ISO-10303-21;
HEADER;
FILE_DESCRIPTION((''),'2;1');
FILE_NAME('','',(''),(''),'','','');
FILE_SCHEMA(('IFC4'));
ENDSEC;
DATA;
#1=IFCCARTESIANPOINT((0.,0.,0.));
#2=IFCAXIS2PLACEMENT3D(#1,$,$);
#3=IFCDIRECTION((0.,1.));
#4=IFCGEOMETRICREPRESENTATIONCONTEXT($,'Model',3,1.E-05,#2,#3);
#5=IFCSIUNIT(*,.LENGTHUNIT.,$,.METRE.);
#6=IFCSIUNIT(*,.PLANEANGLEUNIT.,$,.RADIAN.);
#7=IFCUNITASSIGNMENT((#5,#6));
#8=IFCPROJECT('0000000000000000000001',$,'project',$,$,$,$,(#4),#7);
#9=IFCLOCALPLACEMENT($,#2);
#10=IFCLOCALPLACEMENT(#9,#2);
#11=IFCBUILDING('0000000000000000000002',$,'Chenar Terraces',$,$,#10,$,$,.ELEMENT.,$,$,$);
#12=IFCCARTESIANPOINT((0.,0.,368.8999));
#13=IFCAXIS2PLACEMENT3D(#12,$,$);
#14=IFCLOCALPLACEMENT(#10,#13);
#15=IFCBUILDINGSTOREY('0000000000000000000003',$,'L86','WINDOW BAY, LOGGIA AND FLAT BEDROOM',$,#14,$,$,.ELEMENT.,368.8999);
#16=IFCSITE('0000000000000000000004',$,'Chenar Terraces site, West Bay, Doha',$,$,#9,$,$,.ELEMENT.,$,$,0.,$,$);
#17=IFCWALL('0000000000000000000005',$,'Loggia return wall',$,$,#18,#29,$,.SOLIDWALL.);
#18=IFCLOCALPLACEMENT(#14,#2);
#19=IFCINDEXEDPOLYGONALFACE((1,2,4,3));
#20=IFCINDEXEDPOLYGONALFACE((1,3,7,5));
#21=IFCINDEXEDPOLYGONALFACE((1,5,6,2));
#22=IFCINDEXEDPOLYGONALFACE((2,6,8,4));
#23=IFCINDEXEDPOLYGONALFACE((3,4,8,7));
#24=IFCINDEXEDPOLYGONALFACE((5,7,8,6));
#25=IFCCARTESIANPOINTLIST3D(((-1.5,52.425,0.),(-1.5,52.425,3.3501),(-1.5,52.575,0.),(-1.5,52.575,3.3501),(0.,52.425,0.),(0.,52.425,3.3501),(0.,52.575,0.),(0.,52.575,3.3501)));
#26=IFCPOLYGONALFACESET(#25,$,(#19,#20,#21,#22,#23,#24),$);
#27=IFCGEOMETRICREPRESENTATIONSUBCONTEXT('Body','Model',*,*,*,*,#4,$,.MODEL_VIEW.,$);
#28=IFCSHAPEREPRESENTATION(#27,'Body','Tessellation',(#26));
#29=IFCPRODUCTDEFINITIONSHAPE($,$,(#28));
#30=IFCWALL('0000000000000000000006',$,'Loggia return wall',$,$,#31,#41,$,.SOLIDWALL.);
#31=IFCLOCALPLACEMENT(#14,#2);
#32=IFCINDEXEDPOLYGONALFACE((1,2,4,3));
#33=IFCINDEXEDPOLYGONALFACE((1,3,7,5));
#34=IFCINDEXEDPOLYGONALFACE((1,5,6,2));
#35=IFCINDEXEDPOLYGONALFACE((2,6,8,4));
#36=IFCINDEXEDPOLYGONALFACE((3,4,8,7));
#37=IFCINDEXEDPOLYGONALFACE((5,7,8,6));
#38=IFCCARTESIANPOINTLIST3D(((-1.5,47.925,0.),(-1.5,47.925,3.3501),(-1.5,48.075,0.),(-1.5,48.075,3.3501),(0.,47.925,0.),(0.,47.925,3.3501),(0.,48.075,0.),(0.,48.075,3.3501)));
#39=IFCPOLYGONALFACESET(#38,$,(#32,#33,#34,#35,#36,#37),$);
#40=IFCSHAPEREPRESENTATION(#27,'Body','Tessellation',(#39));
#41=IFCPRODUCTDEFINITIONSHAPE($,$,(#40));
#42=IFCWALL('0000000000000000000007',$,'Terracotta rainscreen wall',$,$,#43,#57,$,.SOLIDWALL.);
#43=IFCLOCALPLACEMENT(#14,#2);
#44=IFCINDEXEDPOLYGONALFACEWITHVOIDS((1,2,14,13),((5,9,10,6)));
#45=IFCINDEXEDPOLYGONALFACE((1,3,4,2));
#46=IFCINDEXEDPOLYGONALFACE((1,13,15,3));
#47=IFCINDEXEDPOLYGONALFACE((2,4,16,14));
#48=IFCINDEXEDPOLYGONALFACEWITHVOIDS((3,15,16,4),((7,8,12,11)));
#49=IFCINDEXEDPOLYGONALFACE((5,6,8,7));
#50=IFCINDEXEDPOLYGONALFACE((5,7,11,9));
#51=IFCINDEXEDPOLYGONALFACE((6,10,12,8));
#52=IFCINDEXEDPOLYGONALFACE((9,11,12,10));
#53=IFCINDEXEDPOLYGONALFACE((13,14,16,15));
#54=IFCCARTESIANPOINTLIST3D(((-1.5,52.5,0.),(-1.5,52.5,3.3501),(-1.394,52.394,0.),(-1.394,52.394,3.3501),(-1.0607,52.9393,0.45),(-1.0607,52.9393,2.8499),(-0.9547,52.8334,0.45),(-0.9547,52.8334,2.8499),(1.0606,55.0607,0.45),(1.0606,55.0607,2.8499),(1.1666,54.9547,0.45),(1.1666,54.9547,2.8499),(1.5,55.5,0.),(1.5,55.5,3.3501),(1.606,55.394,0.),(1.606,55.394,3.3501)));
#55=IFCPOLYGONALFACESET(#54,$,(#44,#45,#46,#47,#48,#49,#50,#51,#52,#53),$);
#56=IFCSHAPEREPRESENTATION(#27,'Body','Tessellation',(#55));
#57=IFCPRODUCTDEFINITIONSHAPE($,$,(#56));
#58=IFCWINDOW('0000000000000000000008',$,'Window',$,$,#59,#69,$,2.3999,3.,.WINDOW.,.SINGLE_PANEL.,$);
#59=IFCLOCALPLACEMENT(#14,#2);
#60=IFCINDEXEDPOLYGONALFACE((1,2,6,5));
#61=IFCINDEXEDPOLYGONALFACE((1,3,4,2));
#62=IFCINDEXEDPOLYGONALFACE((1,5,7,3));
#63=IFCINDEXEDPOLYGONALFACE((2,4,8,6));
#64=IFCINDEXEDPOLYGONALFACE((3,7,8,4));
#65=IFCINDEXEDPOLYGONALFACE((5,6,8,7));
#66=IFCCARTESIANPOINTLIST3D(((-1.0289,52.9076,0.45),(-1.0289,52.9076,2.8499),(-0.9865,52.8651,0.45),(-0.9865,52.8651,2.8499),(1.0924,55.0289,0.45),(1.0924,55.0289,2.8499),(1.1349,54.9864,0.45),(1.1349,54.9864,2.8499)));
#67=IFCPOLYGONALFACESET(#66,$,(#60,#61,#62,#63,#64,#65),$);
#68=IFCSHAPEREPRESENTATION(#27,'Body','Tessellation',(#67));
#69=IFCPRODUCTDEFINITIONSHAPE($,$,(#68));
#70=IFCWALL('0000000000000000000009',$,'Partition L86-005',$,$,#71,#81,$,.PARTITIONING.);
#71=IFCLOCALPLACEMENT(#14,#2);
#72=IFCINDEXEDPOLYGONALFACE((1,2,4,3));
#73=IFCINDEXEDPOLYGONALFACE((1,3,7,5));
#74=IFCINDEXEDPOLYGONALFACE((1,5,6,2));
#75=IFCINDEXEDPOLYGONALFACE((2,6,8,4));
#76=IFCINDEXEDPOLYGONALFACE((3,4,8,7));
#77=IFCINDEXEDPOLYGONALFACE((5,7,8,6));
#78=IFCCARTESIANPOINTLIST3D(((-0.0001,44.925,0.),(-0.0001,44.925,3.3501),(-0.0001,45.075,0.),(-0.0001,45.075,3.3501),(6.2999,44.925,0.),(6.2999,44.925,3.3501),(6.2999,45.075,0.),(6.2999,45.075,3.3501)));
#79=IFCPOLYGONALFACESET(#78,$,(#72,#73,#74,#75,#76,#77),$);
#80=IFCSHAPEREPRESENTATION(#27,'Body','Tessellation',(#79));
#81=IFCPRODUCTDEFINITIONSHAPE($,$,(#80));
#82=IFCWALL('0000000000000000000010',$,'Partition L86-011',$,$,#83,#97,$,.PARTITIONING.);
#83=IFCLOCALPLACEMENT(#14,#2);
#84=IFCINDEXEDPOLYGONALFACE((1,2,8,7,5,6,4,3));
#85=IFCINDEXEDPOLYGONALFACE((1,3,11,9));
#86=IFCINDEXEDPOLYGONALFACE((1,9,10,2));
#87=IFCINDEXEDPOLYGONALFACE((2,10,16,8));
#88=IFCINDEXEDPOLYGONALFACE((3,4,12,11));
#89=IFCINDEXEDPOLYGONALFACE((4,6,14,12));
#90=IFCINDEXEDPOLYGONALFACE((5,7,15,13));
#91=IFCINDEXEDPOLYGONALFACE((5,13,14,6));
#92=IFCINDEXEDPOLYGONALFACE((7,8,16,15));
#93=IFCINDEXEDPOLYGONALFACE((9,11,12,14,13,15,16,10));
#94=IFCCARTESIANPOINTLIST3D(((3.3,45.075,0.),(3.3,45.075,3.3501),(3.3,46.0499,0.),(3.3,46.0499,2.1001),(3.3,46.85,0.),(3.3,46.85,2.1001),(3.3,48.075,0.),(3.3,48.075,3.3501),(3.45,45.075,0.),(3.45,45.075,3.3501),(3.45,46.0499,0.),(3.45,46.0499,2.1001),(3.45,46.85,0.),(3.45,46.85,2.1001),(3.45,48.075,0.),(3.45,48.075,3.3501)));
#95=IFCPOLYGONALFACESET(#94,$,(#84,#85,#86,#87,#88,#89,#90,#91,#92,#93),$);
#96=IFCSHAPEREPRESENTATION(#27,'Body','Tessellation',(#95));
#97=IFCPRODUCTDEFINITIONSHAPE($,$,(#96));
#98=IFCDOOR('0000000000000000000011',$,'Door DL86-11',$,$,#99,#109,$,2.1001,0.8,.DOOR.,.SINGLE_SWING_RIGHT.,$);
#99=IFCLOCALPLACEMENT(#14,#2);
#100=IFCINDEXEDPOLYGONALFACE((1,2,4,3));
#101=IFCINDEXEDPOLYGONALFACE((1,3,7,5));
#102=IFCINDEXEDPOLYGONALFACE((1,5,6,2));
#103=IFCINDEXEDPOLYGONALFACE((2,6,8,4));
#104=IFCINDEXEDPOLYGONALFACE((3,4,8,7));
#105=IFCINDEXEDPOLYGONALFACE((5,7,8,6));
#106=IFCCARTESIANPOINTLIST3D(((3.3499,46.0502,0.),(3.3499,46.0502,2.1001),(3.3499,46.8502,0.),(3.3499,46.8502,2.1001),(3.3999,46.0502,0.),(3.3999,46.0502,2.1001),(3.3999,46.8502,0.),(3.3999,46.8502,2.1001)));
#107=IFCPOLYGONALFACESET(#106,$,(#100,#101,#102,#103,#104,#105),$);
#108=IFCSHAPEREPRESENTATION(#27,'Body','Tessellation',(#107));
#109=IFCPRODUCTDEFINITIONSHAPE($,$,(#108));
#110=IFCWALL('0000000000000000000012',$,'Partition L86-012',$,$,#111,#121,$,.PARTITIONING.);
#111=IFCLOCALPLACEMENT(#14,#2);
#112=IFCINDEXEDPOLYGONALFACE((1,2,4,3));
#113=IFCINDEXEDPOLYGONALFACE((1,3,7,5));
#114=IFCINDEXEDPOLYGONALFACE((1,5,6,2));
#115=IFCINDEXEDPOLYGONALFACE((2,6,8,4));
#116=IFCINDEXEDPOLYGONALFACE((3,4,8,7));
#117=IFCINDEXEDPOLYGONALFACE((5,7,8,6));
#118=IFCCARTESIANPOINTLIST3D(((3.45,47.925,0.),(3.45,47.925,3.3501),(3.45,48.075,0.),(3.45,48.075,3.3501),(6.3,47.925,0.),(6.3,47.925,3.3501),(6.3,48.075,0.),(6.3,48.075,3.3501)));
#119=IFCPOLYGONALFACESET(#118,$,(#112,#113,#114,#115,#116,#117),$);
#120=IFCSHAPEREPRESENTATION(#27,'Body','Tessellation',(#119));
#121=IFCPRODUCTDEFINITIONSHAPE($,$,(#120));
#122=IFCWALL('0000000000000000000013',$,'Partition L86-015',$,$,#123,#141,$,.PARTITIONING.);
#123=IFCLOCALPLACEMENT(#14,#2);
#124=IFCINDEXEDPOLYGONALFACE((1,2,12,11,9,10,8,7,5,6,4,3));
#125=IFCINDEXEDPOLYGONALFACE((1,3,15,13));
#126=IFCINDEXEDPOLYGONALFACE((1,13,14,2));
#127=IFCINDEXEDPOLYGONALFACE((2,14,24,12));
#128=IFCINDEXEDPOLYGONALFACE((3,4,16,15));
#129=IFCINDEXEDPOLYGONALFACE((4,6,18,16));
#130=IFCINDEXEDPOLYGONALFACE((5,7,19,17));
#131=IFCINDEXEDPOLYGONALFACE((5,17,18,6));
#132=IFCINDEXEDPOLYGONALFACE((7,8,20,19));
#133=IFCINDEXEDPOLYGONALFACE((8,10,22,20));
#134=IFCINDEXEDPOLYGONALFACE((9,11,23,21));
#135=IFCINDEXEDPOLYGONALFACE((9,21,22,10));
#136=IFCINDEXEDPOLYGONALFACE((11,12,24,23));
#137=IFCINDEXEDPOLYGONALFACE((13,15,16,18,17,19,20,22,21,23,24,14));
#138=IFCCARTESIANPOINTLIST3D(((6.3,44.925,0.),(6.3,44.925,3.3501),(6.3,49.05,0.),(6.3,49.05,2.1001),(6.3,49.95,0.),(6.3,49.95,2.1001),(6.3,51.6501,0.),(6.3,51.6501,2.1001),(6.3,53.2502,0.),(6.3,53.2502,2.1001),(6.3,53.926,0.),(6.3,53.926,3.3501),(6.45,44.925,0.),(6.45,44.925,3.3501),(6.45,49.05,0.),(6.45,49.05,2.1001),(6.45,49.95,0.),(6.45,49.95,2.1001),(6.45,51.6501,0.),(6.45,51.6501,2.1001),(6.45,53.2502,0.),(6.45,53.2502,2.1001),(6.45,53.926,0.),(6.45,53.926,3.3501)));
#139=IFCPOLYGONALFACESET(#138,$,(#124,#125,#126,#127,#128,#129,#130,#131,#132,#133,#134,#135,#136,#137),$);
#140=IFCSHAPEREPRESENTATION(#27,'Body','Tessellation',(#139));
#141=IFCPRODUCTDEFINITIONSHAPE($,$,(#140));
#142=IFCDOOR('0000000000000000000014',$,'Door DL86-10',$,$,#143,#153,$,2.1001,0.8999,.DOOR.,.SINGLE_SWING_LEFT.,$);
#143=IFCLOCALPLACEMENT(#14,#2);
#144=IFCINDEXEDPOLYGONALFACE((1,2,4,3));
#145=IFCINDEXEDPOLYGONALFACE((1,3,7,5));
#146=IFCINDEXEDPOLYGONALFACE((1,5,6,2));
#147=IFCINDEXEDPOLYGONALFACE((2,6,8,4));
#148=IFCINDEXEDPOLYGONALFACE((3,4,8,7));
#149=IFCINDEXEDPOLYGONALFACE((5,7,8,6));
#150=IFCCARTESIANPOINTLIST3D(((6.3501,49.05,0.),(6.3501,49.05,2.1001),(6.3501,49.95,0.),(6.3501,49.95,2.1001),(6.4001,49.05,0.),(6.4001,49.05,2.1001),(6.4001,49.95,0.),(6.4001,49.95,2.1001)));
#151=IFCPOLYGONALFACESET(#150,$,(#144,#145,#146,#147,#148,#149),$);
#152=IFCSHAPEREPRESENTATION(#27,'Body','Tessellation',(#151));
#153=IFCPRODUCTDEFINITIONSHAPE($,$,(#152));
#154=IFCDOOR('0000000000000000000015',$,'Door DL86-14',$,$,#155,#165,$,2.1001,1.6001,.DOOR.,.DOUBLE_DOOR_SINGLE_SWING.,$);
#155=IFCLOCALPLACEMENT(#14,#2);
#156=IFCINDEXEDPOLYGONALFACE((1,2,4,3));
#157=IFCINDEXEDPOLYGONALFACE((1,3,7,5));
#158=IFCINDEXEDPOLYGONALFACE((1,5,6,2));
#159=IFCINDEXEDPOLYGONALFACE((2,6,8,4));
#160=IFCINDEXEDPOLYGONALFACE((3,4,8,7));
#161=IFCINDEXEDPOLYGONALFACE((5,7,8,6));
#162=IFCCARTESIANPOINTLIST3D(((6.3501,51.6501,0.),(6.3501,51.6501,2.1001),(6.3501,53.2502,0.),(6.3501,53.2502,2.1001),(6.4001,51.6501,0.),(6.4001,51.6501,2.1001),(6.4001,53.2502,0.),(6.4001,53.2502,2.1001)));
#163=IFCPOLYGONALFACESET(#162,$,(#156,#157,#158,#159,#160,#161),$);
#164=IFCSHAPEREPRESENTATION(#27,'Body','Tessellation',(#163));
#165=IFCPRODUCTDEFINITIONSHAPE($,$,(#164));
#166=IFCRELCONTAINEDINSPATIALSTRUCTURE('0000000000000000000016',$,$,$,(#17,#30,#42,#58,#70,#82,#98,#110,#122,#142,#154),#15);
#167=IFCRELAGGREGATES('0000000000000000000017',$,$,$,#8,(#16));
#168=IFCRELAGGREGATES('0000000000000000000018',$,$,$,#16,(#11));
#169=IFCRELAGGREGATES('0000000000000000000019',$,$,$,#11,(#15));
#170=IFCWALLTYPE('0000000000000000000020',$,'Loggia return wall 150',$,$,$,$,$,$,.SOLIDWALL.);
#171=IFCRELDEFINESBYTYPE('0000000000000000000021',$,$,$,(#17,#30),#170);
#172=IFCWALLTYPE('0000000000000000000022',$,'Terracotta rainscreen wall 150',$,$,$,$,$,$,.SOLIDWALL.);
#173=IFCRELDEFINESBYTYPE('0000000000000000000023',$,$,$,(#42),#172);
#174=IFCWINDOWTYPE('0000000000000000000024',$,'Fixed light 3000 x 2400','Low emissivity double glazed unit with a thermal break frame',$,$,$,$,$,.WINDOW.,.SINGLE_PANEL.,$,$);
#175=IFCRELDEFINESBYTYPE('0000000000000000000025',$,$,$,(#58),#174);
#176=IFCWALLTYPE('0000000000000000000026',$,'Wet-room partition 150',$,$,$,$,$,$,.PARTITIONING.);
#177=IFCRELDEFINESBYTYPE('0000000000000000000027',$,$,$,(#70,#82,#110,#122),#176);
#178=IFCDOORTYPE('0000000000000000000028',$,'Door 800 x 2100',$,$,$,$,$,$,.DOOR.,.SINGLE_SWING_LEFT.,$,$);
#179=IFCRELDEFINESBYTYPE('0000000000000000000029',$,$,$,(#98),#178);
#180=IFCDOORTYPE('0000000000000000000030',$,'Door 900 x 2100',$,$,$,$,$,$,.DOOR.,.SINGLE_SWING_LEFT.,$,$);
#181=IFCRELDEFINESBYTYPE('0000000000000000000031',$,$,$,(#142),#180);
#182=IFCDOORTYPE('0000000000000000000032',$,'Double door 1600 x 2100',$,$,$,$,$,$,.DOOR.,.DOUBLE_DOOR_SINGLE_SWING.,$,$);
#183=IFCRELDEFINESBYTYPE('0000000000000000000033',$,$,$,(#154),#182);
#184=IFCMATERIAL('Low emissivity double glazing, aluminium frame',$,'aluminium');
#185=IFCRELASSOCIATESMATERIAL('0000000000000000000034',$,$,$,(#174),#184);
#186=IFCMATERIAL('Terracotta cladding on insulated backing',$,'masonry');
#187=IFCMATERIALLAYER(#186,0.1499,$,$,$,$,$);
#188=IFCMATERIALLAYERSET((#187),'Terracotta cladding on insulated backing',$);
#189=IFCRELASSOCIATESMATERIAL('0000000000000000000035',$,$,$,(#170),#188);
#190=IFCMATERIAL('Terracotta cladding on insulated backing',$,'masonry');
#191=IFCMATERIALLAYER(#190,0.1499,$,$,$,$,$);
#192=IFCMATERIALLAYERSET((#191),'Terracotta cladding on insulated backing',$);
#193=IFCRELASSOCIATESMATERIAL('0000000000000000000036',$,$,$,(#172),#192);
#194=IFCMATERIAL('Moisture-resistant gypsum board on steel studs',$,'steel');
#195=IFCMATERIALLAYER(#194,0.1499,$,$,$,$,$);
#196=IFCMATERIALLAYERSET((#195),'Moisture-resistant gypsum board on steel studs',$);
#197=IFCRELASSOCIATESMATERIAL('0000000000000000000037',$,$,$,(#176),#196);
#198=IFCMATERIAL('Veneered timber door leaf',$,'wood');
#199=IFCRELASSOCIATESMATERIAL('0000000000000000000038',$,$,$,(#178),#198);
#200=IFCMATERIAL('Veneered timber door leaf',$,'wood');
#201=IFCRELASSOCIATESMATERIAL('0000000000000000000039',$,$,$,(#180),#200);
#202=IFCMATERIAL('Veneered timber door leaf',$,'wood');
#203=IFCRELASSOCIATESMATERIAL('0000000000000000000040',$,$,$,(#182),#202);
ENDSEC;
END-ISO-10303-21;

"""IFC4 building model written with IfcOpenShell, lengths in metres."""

from ifc_helpers import new_model, si_unit, direction, frame, frame_2d, origin, place, context, subcontext, project, spatial, rectangle, extrude, material, layer, layer_set, type_object, element, fill, save


model = new_model("IFC4")

# Units and contexts
model_context = context("Model", 3, precision=1e-05, world=origin(), true_north=direction((0.0, 1.0)))
body_context = subcontext(model_context, "Body", "Model", "MODEL_VIEW")
ifc_project = project(units=[si_unit("LENGTHUNIT", "METRE"), si_unit("PLANEANGLEUNIT", "RADIAN")], contexts=[model_context])

# Site, building, storey
site_placement = place(None, origin())
site = spatial("IfcSite", under=ifc_project, at=site_placement, Name="Chenar Terraces site, West Bay, Doha", CompositionType="ELEMENT", RefElevation=0.0)
building_placement = place(site_placement, origin())
building = spatial("IfcBuilding", under=site, at=building_placement, Name="Chenar Terraces", CompositionType="ELEMENT")
storey_placement = place(building_placement, frame((0.0, 0.0, 368.8999)))
storey = spatial("IfcBuildingStorey", under=building, at=storey_placement, Name="L86", Description="WINDOW BAY, LOGGIA AND FLAT BEDROOM", CompositionType="ELEMENT", Elevation=368.8999)

# Shared definitions
placement = place(storey_placement, frame((0.0, 45.0, 0.0), z_axis=(0.0, 0.0, 1.0), x_axis=(1.0, 0.0, 0.0)))

# Shared definitions
ifc_material_1 = material(Name="Low emissivity double glazing, aluminium frame", Category="aluminium")
window_type_1 = type_object("IfcWindowType", Name="Fixed light 3000 x 2400", Description="Low emissivity double glazed unit with a thermal break frame", PartitioningType="SINGLE_PANEL", PredefinedType="WINDOW", material=ifc_material_1)

# Walls
ifc_material_2 = material(Name="Terracotta cladding on insulated backing", Category="masonry")
ifc_layer_1 = layer(ifc_material_2, 0.1499)
ifc_layer_set_1 = layer_set([ifc_layer_1], Name="Terracotta cladding on insulated backing")
wall_type_1 = type_object("IfcWallType", Name="Loggia return wall 150", PredefinedType="SOLIDWALL", material=ifc_layer_set_1)
for number, where, z_axis, x_axis, name in (
    (1, (-1.5, 52.5, 0.0), (0.0, 0.0, 1.0), (1.0, 0.0, 0.0), "Loggia return wall"),
    (2, (-1.5, 48.0, 0.0), (0.0, 0.0, 1.0), (1.0, 0.0, 0.0), "Loggia return wall"),
):
    element("IfcWall", number, at=place(storey_placement, frame(where, z_axis=z_axis, x_axis=x_axis)), inside=storey, type_object=wall_type_1, Name=name, PredefinedType="SOLIDWALL", context=body_context, shape_type="SweptSolid", body=[
        extrude(rectangle(XDim=1.5, YDim=0.1499, at=frame_2d((0.75, 0.0))), origin(), (0.0, 0.0, 1.0), 3.3501),
    ])

# Wall, opening, window
ifc_material_3 = material(Name="Terracotta cladding on insulated backing", Category="masonry")
ifc_layer_2 = layer(ifc_material_3, 0.1499)
ifc_layer_set_2 = layer_set([ifc_layer_2], Name="Terracotta cladding on insulated backing")
wall_type_2 = type_object("IfcWallType", Name="Terracotta rainscreen wall 150", PredefinedType="SOLIDWALL", material=ifc_layer_set_2)
wall_1_placement = place(storey_placement, frame((1.553, 55.447, 0.0), z_axis=(0.0, 0.0, 1.0), x_axis=(-0.707107, -0.707107, 0.0)))
wall_1 = element("IfcWall", 3, at=wall_1_placement, inside=storey, type_object=wall_type_2, Name="Terracotta rainscreen wall", PredefinedType="SOLIDWALL", context=body_context, shape_type="SweptSolid", body=[
    extrude(rectangle(XDim=4.2427, YDim=0.1499, at=frame_2d((2.1213, 0.0))), origin(), (0.0, 0.0, 1.0), 3.3501),
])
opening_1_placement = place(wall_1_placement, frame((0.6213, 0.0, 0.45)))
opening_1 = element("IfcOpeningElement", 4, at=opening_1_placement, cuts=wall_1, PredefinedType="OPENING", context=body_context, shape_type="SweptSolid", body=[
    extrude(rectangle(XDim=3.0, YDim=2.3999, at=frame_2d((1.5, 1.2))), frame((0.0, 0.085, 0.0), z_axis=(0.0, -1.0, 0.0), x_axis=(1.0, 0.0, 0.0)), (0.0, 0.0, 1.0), 0.1699),
])
window_1_placement = place(opening_1_placement, origin())
window_1 = element("IfcWindow", 5, at=window_1_placement, inside=storey, type_object=window_type_1, Name="Window", OverallHeight=2.3999, OverallWidth=3.0, PartitioningType="SINGLE_PANEL", PredefinedType="WINDOW", context=body_context, shape_type="SweptSolid", body=[
    extrude(rectangle(XDim=3.0, YDim=2.3999, at=frame_2d((1.5, 1.2))), frame((0.0, 0.03, 0.0), z_axis=(0.0, -1.0, 0.0), x_axis=(1.0, 0.0, 0.0)), (0.0, 0.0, 1.0), 0.0601),
])
fill(opening_1, window_1)

# Wall
ifc_material_4 = material(Name="Moisture-resistant gypsum board on steel studs", Category="steel")
ifc_layer_3 = layer(ifc_material_4, 0.1499)
ifc_layer_set_3 = layer_set([ifc_layer_3], Name="Moisture-resistant gypsum board on steel studs")
wall_type_3 = type_object("IfcWallType", Name="Wet-room partition 150", PredefinedType="PARTITIONING", material=ifc_layer_set_3)
element("IfcWall", 6, at=placement, inside=storey, type_object=wall_type_3, Name="Partition L86-005", PredefinedType="PARTITIONING", context=body_context, shape_type="SweptSolid", body=[
    extrude(rectangle(XDim=6.3, YDim=0.1499, at=frame_2d((3.1499, 0.0))), origin(), (0.0, 0.0, 1.0), 3.3501),
])

# Wall, opening, door
wall_2_placement = place(storey_placement, frame((3.375, 45.075, 0.0), z_axis=(0.0, 0.0, 1.0), x_axis=(0.0, 1.0, 0.0)))
wall_2 = element("IfcWall", 7, at=wall_2_placement, inside=storey, type_object=wall_type_3, Name="Partition L86-011", PredefinedType="PARTITIONING", context=body_context, shape_type="SweptSolid", body=[
    extrude(rectangle(XDim=3.0, YDim=0.1499, at=frame_2d((1.5, 0.0))), origin(), (0.0, 0.0, 1.0), 3.3501),
])
opening_2_placement = place(wall_2_placement, frame((0.9751, 0.0, 0.0)))
opening_2 = element("IfcOpeningElement", 8, at=opening_2_placement, cuts=wall_2, PredefinedType="OPENING", context=body_context, shape_type="SweptSolid", body=[
    extrude(rectangle(XDim=0.8, YDim=2.1001, at=frame_2d((0.3999, 1.05))), frame((0.0, 0.085, 0.0), z_axis=(0.0, -1.0, 0.0), x_axis=(1.0, 0.0, 0.0)), (0.0, 0.0, 1.0), 0.1699),
])
ifc_material_5 = material(Name="Veneered timber door leaf", Category="wood")
door_type_1 = type_object("IfcDoorType", Name="Door 800 x 2100", OperationType="SINGLE_SWING_LEFT", PredefinedType="DOOR", material=ifc_material_5)
door_1_placement = place(opening_2_placement, frame((0.8, 0.0, 0.0), z_axis=(0.0, 0.0, 1.0), x_axis=(-1.0, 0.0, 0.0)))
door_1 = element("IfcDoor", 9, at=door_1_placement, inside=storey, type_object=door_type_1, Name="Door DL86-11", OperationType="SINGLE_SWING_RIGHT", OverallHeight=2.1001, OverallWidth=0.8, PredefinedType="DOOR", context=body_context, shape_type="SweptSolid", body=[
    extrude(rectangle(XDim=0.8, YDim=2.1001, at=frame_2d((0.3999, 1.05))), frame((0.0, 0.0249, 0.0), z_axis=(0.0, -1.0, 0.0), x_axis=(1.0, 0.0, 0.0)), (0.0, 0.0, 1.0), 0.05),
])
fill(opening_2, door_1)

# Wall
wall_3_placement = place(storey_placement, frame((3.45, 48.0, 0.0), z_axis=(0.0, 0.0, 1.0), x_axis=(1.0, 0.0, 0.0)))
element("IfcWall", 10, at=wall_3_placement, inside=storey, type_object=wall_type_3, Name="Partition L86-012", PredefinedType="PARTITIONING", context=body_context, shape_type="SweptSolid", body=[
    extrude(rectangle(XDim=2.8501, YDim=0.1499, at=frame_2d((1.425, 0.0))), origin(), (0.0, 0.0, 1.0), 3.3501),
])

# Wall, openings, doors
wall_4_placement = place(storey_placement, frame((6.375, 44.925, 0.0), z_axis=(0.0, 0.0, 1.0), x_axis=(0.0, 1.0, 0.0)))
wall_4 = element("IfcWall", 11, at=wall_4_placement, inside=storey, type_object=wall_type_3, Name="Partition L86-015", PredefinedType="PARTITIONING", context=body_context, shape_type="SweptSolid", body=[
    extrude(rectangle(XDim=9.001, YDim=0.1499, at=frame_2d((4.5005, 0.0))), origin(), (0.0, 0.0, 1.0), 3.3501),
])
opening_3_placement = place(wall_4_placement, frame((4.125, 0.0, 0.0)))
opening_3 = element("IfcOpeningElement", 12, at=opening_3_placement, cuts=wall_4, PredefinedType="OPENING", context=body_context, shape_type="SweptSolid", body=[
    extrude(rectangle(XDim=0.8999, YDim=2.1001, at=frame_2d((0.45, 1.05))), frame((0.0, 0.085, 0.0), z_axis=(0.0, -1.0, 0.0), x_axis=(1.0, 0.0, 0.0)), (0.0, 0.0, 1.0), 0.1699),
])
opening_4_placement = place(wall_4_placement, frame((6.7251, 0.0, 0.0)))
opening_4 = element("IfcOpeningElement", 13, at=opening_4_placement, cuts=wall_4, PredefinedType="OPENING", context=body_context, shape_type="SweptSolid", body=[
    extrude(rectangle(XDim=1.6001, YDim=2.1001, at=frame_2d((0.8, 1.05))), frame((0.0, 0.085, 0.0), z_axis=(0.0, -1.0, 0.0), x_axis=(1.0, 0.0, 0.0)), (0.0, 0.0, 1.0), 0.1699),
])
ifc_material_6 = material(Name="Veneered timber door leaf", Category="wood")
door_type_2 = type_object("IfcDoorType", Name="Door 900 x 2100", OperationType="SINGLE_SWING_LEFT", PredefinedType="DOOR", material=ifc_material_6)
door_2_placement = place(opening_3_placement, origin())
door_2 = element("IfcDoor", 14, at=door_2_placement, inside=storey, type_object=door_type_2, Name="Door DL86-10", OperationType="SINGLE_SWING_LEFT", OverallHeight=2.1001, OverallWidth=0.8999, PredefinedType="DOOR", context=body_context, shape_type="SweptSolid", body=[
    extrude(rectangle(XDim=0.8999, YDim=2.1001, at=frame_2d((0.45, 1.05))), frame((0.0, 0.0249, 0.0), z_axis=(0.0, -1.0, 0.0), x_axis=(1.0, 0.0, 0.0)), (0.0, 0.0, 1.0), 0.05),
])
fill(opening_3, door_2)
ifc_material_7 = material(Name="Veneered timber door leaf", Category="wood")
door_type_3 = type_object("IfcDoorType", Name="Double door 1600 x 2100", OperationType="DOUBLE_DOOR_SINGLE_SWING", PredefinedType="DOOR", material=ifc_material_7)
door_3_placement = place(opening_4_placement, origin())
door_3 = element("IfcDoor", 15, at=door_3_placement, inside=storey, type_object=door_type_3, Name="Door DL86-14", OperationType="DOUBLE_DOOR_SINGLE_SWING", OverallHeight=2.1001, OverallWidth=1.6001, PredefinedType="DOOR", context=body_context, shape_type="SweptSolid", body=[
    extrude(rectangle(XDim=1.6001, YDim=2.1001, at=frame_2d((0.8, 1.05))), frame((0.0, 0.0249, 0.0), z_axis=(0.0, -1.0, 0.0), x_axis=(1.0, 0.0, 0.0)), (0.0, 0.0, 1.0), 0.05),
])
fill(opening_4, door_3)

save(model, "model.ifc")
